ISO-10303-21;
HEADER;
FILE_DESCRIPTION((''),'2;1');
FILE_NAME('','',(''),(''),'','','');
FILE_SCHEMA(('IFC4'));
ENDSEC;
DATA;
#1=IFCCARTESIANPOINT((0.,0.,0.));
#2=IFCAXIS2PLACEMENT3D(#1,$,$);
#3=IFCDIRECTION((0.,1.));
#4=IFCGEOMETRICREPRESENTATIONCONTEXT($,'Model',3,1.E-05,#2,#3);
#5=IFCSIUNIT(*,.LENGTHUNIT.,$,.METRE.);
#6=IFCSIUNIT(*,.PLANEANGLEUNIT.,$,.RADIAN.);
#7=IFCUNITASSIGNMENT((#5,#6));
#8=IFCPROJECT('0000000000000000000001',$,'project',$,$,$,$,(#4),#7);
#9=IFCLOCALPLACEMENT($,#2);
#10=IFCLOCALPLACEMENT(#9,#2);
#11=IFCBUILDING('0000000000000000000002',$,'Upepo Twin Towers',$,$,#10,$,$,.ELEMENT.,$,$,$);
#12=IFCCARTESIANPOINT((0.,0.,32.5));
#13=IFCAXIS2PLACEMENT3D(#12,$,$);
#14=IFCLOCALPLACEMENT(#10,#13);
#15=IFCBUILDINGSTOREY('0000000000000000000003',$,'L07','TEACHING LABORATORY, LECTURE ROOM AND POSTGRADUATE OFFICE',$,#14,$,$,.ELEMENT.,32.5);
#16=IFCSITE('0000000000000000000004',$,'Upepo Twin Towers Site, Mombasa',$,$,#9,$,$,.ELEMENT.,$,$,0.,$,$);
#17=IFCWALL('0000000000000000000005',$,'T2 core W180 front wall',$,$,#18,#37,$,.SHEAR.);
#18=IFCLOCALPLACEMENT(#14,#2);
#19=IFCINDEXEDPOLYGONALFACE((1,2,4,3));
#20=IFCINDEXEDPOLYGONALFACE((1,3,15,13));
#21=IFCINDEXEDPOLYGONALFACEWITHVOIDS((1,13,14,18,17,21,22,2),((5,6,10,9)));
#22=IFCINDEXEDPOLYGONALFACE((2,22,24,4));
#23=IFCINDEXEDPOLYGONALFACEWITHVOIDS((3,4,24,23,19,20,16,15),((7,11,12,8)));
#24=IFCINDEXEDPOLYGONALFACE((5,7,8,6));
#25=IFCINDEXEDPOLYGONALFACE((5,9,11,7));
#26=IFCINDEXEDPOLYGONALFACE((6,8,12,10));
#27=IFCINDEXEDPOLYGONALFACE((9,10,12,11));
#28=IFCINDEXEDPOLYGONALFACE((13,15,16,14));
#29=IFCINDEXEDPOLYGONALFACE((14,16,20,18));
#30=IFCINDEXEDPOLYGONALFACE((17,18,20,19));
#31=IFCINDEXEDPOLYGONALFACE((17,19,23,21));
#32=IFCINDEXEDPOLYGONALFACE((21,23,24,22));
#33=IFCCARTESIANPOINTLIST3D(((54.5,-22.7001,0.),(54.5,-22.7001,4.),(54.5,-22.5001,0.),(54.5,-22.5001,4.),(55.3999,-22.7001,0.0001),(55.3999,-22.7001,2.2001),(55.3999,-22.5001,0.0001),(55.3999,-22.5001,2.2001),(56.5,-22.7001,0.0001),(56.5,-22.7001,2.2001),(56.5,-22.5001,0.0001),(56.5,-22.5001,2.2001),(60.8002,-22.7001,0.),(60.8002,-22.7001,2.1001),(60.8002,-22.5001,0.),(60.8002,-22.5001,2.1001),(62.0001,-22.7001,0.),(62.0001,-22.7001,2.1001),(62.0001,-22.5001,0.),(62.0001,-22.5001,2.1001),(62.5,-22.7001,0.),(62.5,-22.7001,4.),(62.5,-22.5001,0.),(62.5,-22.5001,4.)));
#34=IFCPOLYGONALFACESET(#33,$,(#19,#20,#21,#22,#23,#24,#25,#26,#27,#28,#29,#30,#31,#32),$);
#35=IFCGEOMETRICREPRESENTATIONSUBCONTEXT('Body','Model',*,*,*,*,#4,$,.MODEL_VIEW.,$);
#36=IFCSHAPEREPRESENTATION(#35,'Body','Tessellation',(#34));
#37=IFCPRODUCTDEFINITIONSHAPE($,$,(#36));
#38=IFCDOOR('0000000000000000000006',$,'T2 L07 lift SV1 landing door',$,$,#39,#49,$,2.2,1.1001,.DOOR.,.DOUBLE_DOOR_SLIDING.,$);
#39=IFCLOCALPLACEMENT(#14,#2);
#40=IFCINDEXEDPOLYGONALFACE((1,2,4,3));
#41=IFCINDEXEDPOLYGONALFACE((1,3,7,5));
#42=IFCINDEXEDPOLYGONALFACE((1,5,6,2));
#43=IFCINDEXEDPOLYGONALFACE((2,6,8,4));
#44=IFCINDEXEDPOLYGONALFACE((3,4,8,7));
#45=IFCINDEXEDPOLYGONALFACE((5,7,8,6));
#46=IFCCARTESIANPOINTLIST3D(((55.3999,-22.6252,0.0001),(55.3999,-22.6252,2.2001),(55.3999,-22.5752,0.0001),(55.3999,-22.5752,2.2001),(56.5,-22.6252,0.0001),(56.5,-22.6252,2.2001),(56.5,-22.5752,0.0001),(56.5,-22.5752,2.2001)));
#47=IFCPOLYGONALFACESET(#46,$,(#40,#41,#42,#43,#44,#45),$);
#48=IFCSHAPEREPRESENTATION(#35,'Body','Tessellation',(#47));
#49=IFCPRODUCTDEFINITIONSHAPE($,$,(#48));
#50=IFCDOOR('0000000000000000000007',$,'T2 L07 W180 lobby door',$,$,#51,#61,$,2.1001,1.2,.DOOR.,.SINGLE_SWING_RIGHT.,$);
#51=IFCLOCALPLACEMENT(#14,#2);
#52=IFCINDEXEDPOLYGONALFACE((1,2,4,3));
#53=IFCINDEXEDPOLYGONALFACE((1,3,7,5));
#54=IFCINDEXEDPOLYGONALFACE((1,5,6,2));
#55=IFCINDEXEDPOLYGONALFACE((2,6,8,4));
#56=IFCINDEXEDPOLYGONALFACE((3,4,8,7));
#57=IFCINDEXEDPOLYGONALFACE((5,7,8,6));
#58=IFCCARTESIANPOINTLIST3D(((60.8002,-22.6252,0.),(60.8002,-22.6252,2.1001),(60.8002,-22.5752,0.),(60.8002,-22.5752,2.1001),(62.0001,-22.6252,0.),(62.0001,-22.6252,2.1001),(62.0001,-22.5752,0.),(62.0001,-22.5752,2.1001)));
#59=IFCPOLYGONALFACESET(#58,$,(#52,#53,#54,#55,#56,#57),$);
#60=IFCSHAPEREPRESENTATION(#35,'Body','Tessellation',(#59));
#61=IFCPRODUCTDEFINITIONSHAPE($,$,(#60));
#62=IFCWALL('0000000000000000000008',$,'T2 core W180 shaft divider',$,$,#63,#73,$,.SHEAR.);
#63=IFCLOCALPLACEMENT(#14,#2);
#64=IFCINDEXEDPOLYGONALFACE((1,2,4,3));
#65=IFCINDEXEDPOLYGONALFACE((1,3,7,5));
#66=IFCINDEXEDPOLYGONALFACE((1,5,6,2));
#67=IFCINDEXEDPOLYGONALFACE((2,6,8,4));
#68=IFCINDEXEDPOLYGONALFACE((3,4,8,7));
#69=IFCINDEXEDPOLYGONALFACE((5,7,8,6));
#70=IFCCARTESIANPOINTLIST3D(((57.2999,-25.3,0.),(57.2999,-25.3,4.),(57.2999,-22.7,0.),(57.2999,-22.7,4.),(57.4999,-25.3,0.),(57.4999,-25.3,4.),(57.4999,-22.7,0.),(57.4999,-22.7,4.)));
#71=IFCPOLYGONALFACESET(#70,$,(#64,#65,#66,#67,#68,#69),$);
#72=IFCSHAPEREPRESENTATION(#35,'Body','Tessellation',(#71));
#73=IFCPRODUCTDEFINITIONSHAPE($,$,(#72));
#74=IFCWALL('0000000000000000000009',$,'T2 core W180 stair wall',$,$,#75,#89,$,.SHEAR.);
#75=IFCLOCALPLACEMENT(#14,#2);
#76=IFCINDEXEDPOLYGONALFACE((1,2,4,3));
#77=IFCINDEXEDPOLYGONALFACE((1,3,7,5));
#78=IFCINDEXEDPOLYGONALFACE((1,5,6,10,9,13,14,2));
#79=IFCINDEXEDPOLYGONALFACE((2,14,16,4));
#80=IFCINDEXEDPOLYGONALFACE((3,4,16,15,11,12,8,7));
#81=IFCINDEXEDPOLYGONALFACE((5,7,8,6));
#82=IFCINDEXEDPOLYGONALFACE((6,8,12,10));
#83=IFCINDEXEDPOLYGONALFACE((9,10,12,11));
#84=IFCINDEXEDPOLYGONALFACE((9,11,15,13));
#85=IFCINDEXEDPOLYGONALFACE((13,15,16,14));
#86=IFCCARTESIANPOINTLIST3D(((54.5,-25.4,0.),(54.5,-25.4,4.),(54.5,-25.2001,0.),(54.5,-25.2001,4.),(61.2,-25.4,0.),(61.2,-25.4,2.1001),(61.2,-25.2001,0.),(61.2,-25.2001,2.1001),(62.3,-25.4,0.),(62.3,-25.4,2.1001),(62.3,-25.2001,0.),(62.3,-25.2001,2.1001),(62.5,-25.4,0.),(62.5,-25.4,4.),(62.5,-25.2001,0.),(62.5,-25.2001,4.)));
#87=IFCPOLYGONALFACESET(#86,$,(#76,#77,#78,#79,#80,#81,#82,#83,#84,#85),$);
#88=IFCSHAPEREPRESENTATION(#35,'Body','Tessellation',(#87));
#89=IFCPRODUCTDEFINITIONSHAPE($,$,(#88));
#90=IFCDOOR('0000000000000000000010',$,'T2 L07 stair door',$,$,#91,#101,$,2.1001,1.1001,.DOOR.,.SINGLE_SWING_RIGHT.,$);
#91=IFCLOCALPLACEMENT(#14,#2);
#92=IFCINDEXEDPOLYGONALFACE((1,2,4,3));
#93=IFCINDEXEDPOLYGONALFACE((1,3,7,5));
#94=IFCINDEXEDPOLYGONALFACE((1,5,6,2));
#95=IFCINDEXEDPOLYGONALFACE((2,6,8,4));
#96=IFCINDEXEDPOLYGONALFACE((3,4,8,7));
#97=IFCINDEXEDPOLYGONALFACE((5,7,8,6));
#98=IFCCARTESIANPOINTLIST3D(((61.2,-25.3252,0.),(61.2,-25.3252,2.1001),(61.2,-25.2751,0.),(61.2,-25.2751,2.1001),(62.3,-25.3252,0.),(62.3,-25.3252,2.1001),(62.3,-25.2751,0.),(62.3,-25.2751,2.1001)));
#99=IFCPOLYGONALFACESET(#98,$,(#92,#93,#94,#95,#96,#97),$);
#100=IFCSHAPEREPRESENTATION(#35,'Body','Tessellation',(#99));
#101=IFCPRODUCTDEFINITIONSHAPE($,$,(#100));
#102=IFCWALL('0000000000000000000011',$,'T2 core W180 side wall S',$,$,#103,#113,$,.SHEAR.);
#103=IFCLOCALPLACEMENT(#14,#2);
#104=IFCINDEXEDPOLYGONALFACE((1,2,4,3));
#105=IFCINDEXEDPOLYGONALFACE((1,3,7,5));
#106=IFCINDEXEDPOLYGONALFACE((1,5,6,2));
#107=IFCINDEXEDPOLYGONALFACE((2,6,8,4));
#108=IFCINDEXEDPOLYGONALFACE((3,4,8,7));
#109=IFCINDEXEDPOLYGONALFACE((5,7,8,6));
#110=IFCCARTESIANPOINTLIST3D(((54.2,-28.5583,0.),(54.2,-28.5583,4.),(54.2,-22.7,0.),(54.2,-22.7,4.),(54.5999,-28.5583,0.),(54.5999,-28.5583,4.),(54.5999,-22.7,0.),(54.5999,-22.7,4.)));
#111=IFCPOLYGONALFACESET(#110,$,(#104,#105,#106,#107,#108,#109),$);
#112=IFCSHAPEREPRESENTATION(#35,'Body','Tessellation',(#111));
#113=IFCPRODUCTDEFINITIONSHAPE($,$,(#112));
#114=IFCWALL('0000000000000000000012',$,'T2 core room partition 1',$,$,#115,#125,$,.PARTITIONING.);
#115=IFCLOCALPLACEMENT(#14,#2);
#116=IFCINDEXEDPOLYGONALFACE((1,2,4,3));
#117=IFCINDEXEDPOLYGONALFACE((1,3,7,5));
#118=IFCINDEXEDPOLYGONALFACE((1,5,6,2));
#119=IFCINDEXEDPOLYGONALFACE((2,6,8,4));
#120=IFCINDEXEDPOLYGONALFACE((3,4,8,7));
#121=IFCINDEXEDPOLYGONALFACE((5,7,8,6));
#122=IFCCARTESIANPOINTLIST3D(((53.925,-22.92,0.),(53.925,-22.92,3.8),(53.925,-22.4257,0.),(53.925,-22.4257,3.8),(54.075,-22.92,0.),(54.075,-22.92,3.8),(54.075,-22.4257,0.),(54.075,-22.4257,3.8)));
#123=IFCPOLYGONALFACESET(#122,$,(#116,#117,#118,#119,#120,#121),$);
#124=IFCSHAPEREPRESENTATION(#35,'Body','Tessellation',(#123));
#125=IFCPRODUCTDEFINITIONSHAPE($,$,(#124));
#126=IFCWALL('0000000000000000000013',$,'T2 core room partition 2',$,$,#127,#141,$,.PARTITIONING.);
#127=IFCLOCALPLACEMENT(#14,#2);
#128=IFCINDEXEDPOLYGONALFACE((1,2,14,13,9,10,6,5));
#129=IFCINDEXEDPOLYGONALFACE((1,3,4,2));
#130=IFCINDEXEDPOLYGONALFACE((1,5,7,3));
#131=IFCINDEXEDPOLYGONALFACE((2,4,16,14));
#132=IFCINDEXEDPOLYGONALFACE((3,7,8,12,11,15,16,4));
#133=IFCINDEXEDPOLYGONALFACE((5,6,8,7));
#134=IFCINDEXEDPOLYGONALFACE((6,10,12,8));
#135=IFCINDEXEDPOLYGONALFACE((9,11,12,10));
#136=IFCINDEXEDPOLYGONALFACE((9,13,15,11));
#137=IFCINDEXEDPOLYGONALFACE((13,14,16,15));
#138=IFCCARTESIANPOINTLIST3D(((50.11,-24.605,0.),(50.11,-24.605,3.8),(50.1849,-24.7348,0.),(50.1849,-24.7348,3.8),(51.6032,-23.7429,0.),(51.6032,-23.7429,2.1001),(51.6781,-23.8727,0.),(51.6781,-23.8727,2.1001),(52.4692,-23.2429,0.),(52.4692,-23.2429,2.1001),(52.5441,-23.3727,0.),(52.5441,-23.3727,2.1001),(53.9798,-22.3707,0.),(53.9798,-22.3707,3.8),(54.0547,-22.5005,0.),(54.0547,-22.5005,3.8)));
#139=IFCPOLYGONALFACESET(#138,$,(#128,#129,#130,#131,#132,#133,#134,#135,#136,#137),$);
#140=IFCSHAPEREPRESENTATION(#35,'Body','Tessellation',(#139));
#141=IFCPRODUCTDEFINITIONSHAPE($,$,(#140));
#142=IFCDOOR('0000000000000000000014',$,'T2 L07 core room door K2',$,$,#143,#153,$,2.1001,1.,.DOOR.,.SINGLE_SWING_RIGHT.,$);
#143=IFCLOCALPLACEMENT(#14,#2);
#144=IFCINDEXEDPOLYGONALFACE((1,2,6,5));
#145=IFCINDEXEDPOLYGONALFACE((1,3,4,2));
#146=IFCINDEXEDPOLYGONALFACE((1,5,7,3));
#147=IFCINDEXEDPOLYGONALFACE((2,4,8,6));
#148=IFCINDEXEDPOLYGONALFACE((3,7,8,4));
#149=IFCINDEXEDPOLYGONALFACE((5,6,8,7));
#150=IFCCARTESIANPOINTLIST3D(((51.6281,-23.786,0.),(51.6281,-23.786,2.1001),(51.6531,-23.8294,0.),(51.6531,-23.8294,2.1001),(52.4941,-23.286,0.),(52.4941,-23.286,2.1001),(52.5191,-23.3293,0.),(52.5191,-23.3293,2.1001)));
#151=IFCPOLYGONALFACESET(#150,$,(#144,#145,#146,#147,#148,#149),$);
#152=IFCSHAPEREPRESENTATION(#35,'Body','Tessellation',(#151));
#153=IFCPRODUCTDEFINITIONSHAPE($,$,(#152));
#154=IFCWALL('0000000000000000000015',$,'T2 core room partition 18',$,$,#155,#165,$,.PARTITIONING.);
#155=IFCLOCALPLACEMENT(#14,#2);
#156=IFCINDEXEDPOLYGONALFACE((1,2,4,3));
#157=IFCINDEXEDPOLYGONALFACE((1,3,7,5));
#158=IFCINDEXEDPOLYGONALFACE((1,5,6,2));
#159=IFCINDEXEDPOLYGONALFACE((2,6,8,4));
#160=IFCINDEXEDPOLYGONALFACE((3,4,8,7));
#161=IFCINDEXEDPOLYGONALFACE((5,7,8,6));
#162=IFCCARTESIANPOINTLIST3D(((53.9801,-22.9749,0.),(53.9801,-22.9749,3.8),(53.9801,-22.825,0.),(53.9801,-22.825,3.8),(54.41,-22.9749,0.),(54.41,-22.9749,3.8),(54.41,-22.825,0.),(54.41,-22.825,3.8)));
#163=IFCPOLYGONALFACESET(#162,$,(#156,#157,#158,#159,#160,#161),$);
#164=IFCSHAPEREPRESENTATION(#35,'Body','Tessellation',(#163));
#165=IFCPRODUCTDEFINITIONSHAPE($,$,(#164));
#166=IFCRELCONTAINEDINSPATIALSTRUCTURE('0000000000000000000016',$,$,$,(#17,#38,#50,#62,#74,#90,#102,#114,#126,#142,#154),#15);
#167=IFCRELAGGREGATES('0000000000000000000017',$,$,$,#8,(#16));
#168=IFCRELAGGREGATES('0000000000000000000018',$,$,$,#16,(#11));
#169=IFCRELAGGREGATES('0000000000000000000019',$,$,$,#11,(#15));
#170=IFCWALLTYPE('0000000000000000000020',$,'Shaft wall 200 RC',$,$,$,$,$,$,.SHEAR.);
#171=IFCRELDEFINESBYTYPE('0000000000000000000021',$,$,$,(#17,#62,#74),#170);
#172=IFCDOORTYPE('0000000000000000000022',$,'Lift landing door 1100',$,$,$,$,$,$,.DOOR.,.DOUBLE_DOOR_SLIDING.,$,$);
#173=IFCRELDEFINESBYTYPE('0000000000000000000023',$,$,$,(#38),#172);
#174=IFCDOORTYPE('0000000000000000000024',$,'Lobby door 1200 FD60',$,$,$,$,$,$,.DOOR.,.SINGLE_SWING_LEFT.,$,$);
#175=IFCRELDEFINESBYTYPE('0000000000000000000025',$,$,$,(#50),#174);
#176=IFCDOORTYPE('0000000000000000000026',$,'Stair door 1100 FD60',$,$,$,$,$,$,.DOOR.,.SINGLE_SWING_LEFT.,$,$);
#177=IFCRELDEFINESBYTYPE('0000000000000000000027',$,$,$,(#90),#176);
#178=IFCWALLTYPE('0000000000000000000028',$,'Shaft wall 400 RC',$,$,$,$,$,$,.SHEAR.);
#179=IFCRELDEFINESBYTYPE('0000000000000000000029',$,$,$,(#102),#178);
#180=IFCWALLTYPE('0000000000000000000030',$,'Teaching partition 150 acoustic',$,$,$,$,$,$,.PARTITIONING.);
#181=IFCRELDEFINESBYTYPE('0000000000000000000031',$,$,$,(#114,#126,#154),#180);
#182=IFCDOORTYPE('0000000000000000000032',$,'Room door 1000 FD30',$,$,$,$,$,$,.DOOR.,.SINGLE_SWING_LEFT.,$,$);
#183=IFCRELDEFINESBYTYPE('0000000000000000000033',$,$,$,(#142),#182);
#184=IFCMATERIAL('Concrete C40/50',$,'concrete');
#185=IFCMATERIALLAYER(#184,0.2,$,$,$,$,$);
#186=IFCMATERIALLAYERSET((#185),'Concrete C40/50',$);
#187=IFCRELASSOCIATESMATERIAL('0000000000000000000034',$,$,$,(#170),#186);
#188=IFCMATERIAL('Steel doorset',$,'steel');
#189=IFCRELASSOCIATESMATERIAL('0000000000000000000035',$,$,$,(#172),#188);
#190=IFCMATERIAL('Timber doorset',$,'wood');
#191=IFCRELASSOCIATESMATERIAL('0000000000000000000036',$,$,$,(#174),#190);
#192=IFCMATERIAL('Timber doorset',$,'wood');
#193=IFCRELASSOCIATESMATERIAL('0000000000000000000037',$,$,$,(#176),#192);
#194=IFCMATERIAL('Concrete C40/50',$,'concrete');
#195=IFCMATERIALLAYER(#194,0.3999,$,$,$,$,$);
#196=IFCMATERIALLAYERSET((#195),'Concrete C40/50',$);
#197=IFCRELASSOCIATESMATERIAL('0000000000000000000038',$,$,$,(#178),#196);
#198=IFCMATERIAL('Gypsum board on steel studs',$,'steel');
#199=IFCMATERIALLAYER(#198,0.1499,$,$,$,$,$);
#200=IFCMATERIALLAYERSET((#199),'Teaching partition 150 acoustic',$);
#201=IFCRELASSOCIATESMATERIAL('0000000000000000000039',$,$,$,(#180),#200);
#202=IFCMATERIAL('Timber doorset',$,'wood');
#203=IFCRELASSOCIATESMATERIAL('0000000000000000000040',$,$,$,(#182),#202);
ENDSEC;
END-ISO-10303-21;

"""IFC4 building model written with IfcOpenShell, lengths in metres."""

from ifc_helpers import new_model, si_unit, direction, frame, frame_2d, origin, place, context, subcontext, project, spatial, rectangle, extrude, material, layer, layer_set, type_object, element, fill, save


model = new_model("IFC4")

# Units and contexts
model_context = context("Model", 3, precision=1e-05, world=origin(), true_north=direction((0.0, 1.0)))
body_context = subcontext(model_context, "Body", "Model", "MODEL_VIEW")
ifc_project = project(units=[si_unit("LENGTHUNIT", "METRE"), si_unit("PLANEANGLEUNIT", "RADIAN")], contexts=[model_context])

# Site, building, storey
site_placement = place(None, origin())
site = spatial("IfcSite", under=ifc_project, at=site_placement, Name="Upepo Twin Towers Site, Mombasa", CompositionType="ELEMENT", RefElevation=0.0)
building_placement = place(site_placement, origin())
building = spatial("IfcBuilding", under=site, at=building_placement, Name="Upepo Twin Towers", CompositionType="ELEMENT")
storey_placement = place(building_placement, frame((0.0, 0.0, 32.5)))
storey = spatial("IfcBuildingStorey", under=building, at=storey_placement, Name="L07", Description="TEACHING LABORATORY, LECTURE ROOM AND POSTGRADUATE OFFICE", CompositionType="ELEMENT", Elevation=32.5)

# Wall, openings, doors
ifc_material_1 = material(Name="Concrete C40/50", Category="concrete")
ifc_layer_1 = layer(ifc_material_1, 0.2)
ifc_layer_set_1 = layer_set([ifc_layer_1], Name="Concrete C40/50")
wall_type_1 = type_object("IfcWallType", Name="Shaft wall 200 RC", PredefinedType="SHEAR", material=ifc_layer_set_1)
wall_1_placement = place(storey_placement, frame((54.5, -22.6001, 0.0), z_axis=(0.0, 0.0, 1.0), x_axis=(1.0, 0.0, 0.0)))
wall_1 = element("IfcWall", 1, at=wall_1_placement, inside=storey, type_object=wall_type_1, Name="T2 core W180 front wall", PredefinedType="SHEAR", context=body_context, shape_type="SweptSolid", body=[
    extrude(rectangle(XDim=8.0, YDim=0.2, at=frame_2d((4.0, 0.0))), origin(), (0.0, 0.0, 1.0), 4.0),
])
opening_1_placement = place(wall_1_placement, frame((6.3, 0.0, 0.0)))
opening_1 = element("IfcOpeningElement", 2, at=opening_1_placement, cuts=wall_1, PredefinedType="OPENING", context=body_context, shape_type="SweptSolid", body=[
    extrude(rectangle(XDim=1.2, YDim=2.1001, at=frame_2d((0.6001, 1.05))), frame((0.0, 0.1099, 0.0), z_axis=(0.0, -1.0, 0.0), x_axis=(1.0, 0.0, 0.0)), (0.0, 0.0, 1.0), 0.22),
])
opening_2_placement = place(wall_1_placement, frame((0.8999, 0.0, 0.0)))
opening_2 = element("IfcOpeningElement", 3, at=opening_2_placement, cuts=wall_1, PredefinedType="OPENING", context=body_context, shape_type="SweptSolid", body=[
    extrude(rectangle(XDim=1.1001, YDim=2.2, at=frame_2d((0.55, 1.1001))), frame((0.0, 0.1099, 0.0), z_axis=(0.0, -1.0, 0.0), x_axis=(1.0, 0.0, 0.0)), (0.0, 0.0, 1.0), 0.22),
])
ifc_material_2 = material(Name="Steel doorset", Category="steel")
door_type_1 = type_object("IfcDoorType", Name="Lift landing door 1100", OperationType="DOUBLE_DOOR_SLIDING", PredefinedType="DOOR", material=ifc_material_2)
door_1_placement = place(opening_2_placement, origin())
door_1 = element("IfcDoor", 4, at=door_1_placement, inside=storey, type_object=door_type_1, Name="T2 L07 lift SV1 landing door", OperationType="DOUBLE_DOOR_SLIDING", OverallHeight=2.2, OverallWidth=1.1001, PredefinedType="DOOR", context=body_context, shape_type="SweptSolid", body=[
    extrude(rectangle(XDim=1.1001, YDim=2.2, at=frame_2d((0.55, 1.1001))), frame((0.0, 0.0249, 0.0), z_axis=(0.0, -1.0, 0.0), x_axis=(1.0, 0.0, 0.0)), (0.0, 0.0, 1.0), 0.05),
])
fill(opening_2, door_1)
ifc_material_3 = material(Name="Timber doorset", Category="wood")
door_type_2 = type_object("IfcDoorType", Name="Lobby door 1200 FD60", OperationType="SINGLE_SWING_LEFT", PredefinedType="DOOR", material=ifc_material_3)
door_2_placement = place(opening_1_placement, origin())
door_2 = element("IfcDoor", 5, at=door_2_placement, inside=storey, type_object=door_type_2, Name="T2 L07 W180 lobby door", OperationType="SINGLE_SWING_RIGHT", OverallHeight=2.1001, OverallWidth=1.2, PredefinedType="DOOR", context=body_context, shape_type="SweptSolid", body=[
    extrude(rectangle(XDim=1.2, YDim=2.1001, at=frame_2d((0.6001, 1.05))), frame((0.0, 0.0249, 0.0), z_axis=(0.0, -1.0, 0.0), x_axis=(1.0, 0.0, 0.0)), (0.0, 0.0, 1.0), 0.05),
])
fill(opening_1, door_2)

# Wall
wall_2_placement = place(storey_placement, frame((57.3999, -22.7, 0.0), z_axis=(0.0, 0.0, 1.0), x_axis=(0.0, -1.0, 0.0)))
element("IfcWall", 6, at=wall_2_placement, inside=storey, type_object=wall_type_1, Name="T2 core W180 shaft divider", PredefinedType="SHEAR", context=body_context, shape_type="SweptSolid", body=[
    extrude(rectangle(XDim=2.6001, YDim=0.2, at=frame_2d((1.3, 0.0))), origin(), (0.0, 0.0, 1.0), 4.0),
])

# Wall, opening, door
wall_3_placement = place(storey_placement, frame((54.5, -25.3, 0.0), z_axis=(0.0, 0.0, 1.0), x_axis=(1.0, 0.0, 0.0)))
wall_3 = element("IfcWall", 7, at=wall_3_placement, inside=storey, type_object=wall_type_1, Name="T2 core W180 stair wall", PredefinedType="SHEAR", context=body_context, shape_type="SweptSolid", body=[
    extrude(rectangle(XDim=8.0, YDim=0.2, at=frame_2d((4.0, 0.0))), origin(), (0.0, 0.0, 1.0), 4.0),
])
opening_3_placement = place(wall_3_placement, frame((6.7, 0.0, 0.0)))
opening_3 = element("IfcOpeningElement", 8, at=opening_3_placement, cuts=wall_3, PredefinedType="OPENING", context=body_context, shape_type="SweptSolid", body=[
    extrude(rectangle(XDim=1.1001, YDim=2.1001, at=frame_2d((0.55, 1.05))), frame((0.0, 0.1099, 0.0), z_axis=(0.0, -1.0, 0.0), x_axis=(1.0, 0.0, 0.0)), (0.0, 0.0, 1.0), 0.22),
])
ifc_material_4 = material(Name="Timber doorset", Category="wood")
door_type_3 = type_object("IfcDoorType", Name="Stair door 1100 FD60", OperationType="SINGLE_SWING_LEFT", PredefinedType="DOOR", material=ifc_material_4)
door_3_placement = place(opening_3_placement, origin())
door_3 = element("IfcDoor", 9, at=door_3_placement, inside=storey, type_object=door_type_3, Name="T2 L07 stair door", OperationType="SINGLE_SWING_RIGHT", OverallHeight=2.1001, OverallWidth=1.1001, PredefinedType="DOOR", context=body_context, shape_type="SweptSolid", body=[
    extrude(rectangle(XDim=1.1001, YDim=2.1001, at=frame_2d((0.55, 1.05))), frame((0.0, 0.0249, 0.0), z_axis=(0.0, -1.0, 0.0), x_axis=(1.0, 0.0, 0.0)), (0.0, 0.0, 1.0), 0.05),
])
fill(opening_3, door_3)

# Walls
ifc_material_5 = material(Name="Concrete C40/50", Category="concrete")
ifc_layer_2 = layer(ifc_material_5, 0.3999)
ifc_layer_set_2 = layer_set([ifc_layer_2], Name="Concrete C40/50")
wall_type_2 = type_object("IfcWallType", Name="Shaft wall 400 RC", PredefinedType="SHEAR", material=ifc_layer_set_2)
wall_4_placement = place(storey_placement, frame((54.3999, -22.7, 0.0), z_axis=(0.0, 0.0, 1.0), x_axis=(0.0, -1.0, 0.0)))
element("IfcWall", 10, at=wall_4_placement, inside=storey, type_object=wall_type_2, Name="T2 core W180 side wall S", PredefinedType="SHEAR", context=body_context, shape_type="SweptSolid", body=[
    extrude(rectangle(XDim=5.8584, YDim=0.3999, at=frame_2d((2.9292, 0.0))), origin(), (0.0, 0.0, 1.0), 4.0),
])
ifc_material_6 = material(Name="Gypsum board on steel studs", Category="steel")
ifc_layer_3 = layer(ifc_material_6, 0.1499)
ifc_layer_set_3 = layer_set([ifc_layer_3], Name="Teaching partition 150 acoustic")
wall_type_3 = type_object("IfcWallType", Name="Teaching partition 150 acoustic", PredefinedType="PARTITIONING", material=ifc_layer_set_3)
wall_5_placement = place(storey_placement, frame((54.0, -22.9199, 0.0), z_axis=(0.0, 0.0, 1.0), x_axis=(0.0, 1.0, 0.0)))
element("IfcWall", 11, at=wall_5_placement, inside=storey, type_object=wall_type_3, Name="T2 core room partition 1", PredefinedType="PARTITIONING", context=body_context, shape_type="SweptSolid", body=[
    extrude(rectangle(XDim=0.4944, YDim=0.1499, at=frame_2d((0.2471, 0.0))), origin(), (0.0, 0.0, 1.0), 3.8),
])

# Wall, opening, door
wall_6_placement = place(storey_placement, frame((54.0173, -22.4355, 0.0), z_axis=(0.0, 0.0, 1.0), x_axis=(-0.866015, -0.500017, 0.0)))
wall_6 = element("IfcWall", 12, at=wall_6_placement, inside=storey, type_object=wall_type_3, Name="T2 core room partition 2", PredefinedType="PARTITIONING", context=body_context, shape_type="SweptSolid", body=[
    extrude(rectangle(XDim=4.4685, YDim=0.1499, at=frame_2d((2.2344, 0.0))), origin(), (0.0, 0.0, 1.0), 3.8),
])
opening_4_placement = place(wall_6_placement, frame((1.7444, 0.0, 0.0)))
opening_4 = element("IfcOpeningElement", 13, at=opening_4_placement, cuts=wall_6, PredefinedType="OPENING", context=body_context, shape_type="SweptSolid", body=[
    extrude(rectangle(XDim=1.0, YDim=2.1001, at=frame_2d((0.5, 1.05))), frame((0.0, 0.085, 0.0), z_axis=(0.0, -1.0, 0.0), x_axis=(1.0, 0.0, 0.0)), (0.0, 0.0, 1.0), 0.1699),
])
ifc_material_7 = material(Name="Timber doorset", Category="wood")
door_type_4 = type_object("IfcDoorType", Name="Room door 1000 FD30", OperationType="SINGLE_SWING_LEFT", PredefinedType="DOOR", material=ifc_material_7)
door_4_placement = place(opening_4_placement, origin())
door_4 = element("IfcDoor", 14, at=door_4_placement, inside=storey, type_object=door_type_4, Name="T2 L07 core room door K2", OperationType="SINGLE_SWING_RIGHT", OverallHeight=2.1001, OverallWidth=1.0, PredefinedType="DOOR", context=body_context, shape_type="SweptSolid", body=[
    extrude(rectangle(XDim=1.0, YDim=2.1001, at=frame_2d((0.5, 1.05))), frame((0.0, 0.0249, 0.0), z_axis=(0.0, -1.0, 0.0), x_axis=(1.0, 0.0, 0.0)), (0.0, 0.0, 1.0), 0.05),
])
fill(opening_4, door_4)

# Wall
wall_7_placement = place(storey_placement, frame((54.4099, -22.8999, 0.0), z_axis=(0.0, 0.0, 1.0), x_axis=(-1.0, 0.0, 0.0)))
element("IfcWall", 15, at=wall_7_placement, inside=storey, type_object=wall_type_3, Name="T2 core room partition 18", PredefinedType="PARTITIONING", context=body_context, shape_type="SweptSolid", body=[
    extrude(rectangle(XDim=0.4299, YDim=0.1499, at=frame_2d((0.2148, 0.0))), origin(), (0.0, 0.0, 1.0), 3.8),
])

save(model, "model.ifc")
